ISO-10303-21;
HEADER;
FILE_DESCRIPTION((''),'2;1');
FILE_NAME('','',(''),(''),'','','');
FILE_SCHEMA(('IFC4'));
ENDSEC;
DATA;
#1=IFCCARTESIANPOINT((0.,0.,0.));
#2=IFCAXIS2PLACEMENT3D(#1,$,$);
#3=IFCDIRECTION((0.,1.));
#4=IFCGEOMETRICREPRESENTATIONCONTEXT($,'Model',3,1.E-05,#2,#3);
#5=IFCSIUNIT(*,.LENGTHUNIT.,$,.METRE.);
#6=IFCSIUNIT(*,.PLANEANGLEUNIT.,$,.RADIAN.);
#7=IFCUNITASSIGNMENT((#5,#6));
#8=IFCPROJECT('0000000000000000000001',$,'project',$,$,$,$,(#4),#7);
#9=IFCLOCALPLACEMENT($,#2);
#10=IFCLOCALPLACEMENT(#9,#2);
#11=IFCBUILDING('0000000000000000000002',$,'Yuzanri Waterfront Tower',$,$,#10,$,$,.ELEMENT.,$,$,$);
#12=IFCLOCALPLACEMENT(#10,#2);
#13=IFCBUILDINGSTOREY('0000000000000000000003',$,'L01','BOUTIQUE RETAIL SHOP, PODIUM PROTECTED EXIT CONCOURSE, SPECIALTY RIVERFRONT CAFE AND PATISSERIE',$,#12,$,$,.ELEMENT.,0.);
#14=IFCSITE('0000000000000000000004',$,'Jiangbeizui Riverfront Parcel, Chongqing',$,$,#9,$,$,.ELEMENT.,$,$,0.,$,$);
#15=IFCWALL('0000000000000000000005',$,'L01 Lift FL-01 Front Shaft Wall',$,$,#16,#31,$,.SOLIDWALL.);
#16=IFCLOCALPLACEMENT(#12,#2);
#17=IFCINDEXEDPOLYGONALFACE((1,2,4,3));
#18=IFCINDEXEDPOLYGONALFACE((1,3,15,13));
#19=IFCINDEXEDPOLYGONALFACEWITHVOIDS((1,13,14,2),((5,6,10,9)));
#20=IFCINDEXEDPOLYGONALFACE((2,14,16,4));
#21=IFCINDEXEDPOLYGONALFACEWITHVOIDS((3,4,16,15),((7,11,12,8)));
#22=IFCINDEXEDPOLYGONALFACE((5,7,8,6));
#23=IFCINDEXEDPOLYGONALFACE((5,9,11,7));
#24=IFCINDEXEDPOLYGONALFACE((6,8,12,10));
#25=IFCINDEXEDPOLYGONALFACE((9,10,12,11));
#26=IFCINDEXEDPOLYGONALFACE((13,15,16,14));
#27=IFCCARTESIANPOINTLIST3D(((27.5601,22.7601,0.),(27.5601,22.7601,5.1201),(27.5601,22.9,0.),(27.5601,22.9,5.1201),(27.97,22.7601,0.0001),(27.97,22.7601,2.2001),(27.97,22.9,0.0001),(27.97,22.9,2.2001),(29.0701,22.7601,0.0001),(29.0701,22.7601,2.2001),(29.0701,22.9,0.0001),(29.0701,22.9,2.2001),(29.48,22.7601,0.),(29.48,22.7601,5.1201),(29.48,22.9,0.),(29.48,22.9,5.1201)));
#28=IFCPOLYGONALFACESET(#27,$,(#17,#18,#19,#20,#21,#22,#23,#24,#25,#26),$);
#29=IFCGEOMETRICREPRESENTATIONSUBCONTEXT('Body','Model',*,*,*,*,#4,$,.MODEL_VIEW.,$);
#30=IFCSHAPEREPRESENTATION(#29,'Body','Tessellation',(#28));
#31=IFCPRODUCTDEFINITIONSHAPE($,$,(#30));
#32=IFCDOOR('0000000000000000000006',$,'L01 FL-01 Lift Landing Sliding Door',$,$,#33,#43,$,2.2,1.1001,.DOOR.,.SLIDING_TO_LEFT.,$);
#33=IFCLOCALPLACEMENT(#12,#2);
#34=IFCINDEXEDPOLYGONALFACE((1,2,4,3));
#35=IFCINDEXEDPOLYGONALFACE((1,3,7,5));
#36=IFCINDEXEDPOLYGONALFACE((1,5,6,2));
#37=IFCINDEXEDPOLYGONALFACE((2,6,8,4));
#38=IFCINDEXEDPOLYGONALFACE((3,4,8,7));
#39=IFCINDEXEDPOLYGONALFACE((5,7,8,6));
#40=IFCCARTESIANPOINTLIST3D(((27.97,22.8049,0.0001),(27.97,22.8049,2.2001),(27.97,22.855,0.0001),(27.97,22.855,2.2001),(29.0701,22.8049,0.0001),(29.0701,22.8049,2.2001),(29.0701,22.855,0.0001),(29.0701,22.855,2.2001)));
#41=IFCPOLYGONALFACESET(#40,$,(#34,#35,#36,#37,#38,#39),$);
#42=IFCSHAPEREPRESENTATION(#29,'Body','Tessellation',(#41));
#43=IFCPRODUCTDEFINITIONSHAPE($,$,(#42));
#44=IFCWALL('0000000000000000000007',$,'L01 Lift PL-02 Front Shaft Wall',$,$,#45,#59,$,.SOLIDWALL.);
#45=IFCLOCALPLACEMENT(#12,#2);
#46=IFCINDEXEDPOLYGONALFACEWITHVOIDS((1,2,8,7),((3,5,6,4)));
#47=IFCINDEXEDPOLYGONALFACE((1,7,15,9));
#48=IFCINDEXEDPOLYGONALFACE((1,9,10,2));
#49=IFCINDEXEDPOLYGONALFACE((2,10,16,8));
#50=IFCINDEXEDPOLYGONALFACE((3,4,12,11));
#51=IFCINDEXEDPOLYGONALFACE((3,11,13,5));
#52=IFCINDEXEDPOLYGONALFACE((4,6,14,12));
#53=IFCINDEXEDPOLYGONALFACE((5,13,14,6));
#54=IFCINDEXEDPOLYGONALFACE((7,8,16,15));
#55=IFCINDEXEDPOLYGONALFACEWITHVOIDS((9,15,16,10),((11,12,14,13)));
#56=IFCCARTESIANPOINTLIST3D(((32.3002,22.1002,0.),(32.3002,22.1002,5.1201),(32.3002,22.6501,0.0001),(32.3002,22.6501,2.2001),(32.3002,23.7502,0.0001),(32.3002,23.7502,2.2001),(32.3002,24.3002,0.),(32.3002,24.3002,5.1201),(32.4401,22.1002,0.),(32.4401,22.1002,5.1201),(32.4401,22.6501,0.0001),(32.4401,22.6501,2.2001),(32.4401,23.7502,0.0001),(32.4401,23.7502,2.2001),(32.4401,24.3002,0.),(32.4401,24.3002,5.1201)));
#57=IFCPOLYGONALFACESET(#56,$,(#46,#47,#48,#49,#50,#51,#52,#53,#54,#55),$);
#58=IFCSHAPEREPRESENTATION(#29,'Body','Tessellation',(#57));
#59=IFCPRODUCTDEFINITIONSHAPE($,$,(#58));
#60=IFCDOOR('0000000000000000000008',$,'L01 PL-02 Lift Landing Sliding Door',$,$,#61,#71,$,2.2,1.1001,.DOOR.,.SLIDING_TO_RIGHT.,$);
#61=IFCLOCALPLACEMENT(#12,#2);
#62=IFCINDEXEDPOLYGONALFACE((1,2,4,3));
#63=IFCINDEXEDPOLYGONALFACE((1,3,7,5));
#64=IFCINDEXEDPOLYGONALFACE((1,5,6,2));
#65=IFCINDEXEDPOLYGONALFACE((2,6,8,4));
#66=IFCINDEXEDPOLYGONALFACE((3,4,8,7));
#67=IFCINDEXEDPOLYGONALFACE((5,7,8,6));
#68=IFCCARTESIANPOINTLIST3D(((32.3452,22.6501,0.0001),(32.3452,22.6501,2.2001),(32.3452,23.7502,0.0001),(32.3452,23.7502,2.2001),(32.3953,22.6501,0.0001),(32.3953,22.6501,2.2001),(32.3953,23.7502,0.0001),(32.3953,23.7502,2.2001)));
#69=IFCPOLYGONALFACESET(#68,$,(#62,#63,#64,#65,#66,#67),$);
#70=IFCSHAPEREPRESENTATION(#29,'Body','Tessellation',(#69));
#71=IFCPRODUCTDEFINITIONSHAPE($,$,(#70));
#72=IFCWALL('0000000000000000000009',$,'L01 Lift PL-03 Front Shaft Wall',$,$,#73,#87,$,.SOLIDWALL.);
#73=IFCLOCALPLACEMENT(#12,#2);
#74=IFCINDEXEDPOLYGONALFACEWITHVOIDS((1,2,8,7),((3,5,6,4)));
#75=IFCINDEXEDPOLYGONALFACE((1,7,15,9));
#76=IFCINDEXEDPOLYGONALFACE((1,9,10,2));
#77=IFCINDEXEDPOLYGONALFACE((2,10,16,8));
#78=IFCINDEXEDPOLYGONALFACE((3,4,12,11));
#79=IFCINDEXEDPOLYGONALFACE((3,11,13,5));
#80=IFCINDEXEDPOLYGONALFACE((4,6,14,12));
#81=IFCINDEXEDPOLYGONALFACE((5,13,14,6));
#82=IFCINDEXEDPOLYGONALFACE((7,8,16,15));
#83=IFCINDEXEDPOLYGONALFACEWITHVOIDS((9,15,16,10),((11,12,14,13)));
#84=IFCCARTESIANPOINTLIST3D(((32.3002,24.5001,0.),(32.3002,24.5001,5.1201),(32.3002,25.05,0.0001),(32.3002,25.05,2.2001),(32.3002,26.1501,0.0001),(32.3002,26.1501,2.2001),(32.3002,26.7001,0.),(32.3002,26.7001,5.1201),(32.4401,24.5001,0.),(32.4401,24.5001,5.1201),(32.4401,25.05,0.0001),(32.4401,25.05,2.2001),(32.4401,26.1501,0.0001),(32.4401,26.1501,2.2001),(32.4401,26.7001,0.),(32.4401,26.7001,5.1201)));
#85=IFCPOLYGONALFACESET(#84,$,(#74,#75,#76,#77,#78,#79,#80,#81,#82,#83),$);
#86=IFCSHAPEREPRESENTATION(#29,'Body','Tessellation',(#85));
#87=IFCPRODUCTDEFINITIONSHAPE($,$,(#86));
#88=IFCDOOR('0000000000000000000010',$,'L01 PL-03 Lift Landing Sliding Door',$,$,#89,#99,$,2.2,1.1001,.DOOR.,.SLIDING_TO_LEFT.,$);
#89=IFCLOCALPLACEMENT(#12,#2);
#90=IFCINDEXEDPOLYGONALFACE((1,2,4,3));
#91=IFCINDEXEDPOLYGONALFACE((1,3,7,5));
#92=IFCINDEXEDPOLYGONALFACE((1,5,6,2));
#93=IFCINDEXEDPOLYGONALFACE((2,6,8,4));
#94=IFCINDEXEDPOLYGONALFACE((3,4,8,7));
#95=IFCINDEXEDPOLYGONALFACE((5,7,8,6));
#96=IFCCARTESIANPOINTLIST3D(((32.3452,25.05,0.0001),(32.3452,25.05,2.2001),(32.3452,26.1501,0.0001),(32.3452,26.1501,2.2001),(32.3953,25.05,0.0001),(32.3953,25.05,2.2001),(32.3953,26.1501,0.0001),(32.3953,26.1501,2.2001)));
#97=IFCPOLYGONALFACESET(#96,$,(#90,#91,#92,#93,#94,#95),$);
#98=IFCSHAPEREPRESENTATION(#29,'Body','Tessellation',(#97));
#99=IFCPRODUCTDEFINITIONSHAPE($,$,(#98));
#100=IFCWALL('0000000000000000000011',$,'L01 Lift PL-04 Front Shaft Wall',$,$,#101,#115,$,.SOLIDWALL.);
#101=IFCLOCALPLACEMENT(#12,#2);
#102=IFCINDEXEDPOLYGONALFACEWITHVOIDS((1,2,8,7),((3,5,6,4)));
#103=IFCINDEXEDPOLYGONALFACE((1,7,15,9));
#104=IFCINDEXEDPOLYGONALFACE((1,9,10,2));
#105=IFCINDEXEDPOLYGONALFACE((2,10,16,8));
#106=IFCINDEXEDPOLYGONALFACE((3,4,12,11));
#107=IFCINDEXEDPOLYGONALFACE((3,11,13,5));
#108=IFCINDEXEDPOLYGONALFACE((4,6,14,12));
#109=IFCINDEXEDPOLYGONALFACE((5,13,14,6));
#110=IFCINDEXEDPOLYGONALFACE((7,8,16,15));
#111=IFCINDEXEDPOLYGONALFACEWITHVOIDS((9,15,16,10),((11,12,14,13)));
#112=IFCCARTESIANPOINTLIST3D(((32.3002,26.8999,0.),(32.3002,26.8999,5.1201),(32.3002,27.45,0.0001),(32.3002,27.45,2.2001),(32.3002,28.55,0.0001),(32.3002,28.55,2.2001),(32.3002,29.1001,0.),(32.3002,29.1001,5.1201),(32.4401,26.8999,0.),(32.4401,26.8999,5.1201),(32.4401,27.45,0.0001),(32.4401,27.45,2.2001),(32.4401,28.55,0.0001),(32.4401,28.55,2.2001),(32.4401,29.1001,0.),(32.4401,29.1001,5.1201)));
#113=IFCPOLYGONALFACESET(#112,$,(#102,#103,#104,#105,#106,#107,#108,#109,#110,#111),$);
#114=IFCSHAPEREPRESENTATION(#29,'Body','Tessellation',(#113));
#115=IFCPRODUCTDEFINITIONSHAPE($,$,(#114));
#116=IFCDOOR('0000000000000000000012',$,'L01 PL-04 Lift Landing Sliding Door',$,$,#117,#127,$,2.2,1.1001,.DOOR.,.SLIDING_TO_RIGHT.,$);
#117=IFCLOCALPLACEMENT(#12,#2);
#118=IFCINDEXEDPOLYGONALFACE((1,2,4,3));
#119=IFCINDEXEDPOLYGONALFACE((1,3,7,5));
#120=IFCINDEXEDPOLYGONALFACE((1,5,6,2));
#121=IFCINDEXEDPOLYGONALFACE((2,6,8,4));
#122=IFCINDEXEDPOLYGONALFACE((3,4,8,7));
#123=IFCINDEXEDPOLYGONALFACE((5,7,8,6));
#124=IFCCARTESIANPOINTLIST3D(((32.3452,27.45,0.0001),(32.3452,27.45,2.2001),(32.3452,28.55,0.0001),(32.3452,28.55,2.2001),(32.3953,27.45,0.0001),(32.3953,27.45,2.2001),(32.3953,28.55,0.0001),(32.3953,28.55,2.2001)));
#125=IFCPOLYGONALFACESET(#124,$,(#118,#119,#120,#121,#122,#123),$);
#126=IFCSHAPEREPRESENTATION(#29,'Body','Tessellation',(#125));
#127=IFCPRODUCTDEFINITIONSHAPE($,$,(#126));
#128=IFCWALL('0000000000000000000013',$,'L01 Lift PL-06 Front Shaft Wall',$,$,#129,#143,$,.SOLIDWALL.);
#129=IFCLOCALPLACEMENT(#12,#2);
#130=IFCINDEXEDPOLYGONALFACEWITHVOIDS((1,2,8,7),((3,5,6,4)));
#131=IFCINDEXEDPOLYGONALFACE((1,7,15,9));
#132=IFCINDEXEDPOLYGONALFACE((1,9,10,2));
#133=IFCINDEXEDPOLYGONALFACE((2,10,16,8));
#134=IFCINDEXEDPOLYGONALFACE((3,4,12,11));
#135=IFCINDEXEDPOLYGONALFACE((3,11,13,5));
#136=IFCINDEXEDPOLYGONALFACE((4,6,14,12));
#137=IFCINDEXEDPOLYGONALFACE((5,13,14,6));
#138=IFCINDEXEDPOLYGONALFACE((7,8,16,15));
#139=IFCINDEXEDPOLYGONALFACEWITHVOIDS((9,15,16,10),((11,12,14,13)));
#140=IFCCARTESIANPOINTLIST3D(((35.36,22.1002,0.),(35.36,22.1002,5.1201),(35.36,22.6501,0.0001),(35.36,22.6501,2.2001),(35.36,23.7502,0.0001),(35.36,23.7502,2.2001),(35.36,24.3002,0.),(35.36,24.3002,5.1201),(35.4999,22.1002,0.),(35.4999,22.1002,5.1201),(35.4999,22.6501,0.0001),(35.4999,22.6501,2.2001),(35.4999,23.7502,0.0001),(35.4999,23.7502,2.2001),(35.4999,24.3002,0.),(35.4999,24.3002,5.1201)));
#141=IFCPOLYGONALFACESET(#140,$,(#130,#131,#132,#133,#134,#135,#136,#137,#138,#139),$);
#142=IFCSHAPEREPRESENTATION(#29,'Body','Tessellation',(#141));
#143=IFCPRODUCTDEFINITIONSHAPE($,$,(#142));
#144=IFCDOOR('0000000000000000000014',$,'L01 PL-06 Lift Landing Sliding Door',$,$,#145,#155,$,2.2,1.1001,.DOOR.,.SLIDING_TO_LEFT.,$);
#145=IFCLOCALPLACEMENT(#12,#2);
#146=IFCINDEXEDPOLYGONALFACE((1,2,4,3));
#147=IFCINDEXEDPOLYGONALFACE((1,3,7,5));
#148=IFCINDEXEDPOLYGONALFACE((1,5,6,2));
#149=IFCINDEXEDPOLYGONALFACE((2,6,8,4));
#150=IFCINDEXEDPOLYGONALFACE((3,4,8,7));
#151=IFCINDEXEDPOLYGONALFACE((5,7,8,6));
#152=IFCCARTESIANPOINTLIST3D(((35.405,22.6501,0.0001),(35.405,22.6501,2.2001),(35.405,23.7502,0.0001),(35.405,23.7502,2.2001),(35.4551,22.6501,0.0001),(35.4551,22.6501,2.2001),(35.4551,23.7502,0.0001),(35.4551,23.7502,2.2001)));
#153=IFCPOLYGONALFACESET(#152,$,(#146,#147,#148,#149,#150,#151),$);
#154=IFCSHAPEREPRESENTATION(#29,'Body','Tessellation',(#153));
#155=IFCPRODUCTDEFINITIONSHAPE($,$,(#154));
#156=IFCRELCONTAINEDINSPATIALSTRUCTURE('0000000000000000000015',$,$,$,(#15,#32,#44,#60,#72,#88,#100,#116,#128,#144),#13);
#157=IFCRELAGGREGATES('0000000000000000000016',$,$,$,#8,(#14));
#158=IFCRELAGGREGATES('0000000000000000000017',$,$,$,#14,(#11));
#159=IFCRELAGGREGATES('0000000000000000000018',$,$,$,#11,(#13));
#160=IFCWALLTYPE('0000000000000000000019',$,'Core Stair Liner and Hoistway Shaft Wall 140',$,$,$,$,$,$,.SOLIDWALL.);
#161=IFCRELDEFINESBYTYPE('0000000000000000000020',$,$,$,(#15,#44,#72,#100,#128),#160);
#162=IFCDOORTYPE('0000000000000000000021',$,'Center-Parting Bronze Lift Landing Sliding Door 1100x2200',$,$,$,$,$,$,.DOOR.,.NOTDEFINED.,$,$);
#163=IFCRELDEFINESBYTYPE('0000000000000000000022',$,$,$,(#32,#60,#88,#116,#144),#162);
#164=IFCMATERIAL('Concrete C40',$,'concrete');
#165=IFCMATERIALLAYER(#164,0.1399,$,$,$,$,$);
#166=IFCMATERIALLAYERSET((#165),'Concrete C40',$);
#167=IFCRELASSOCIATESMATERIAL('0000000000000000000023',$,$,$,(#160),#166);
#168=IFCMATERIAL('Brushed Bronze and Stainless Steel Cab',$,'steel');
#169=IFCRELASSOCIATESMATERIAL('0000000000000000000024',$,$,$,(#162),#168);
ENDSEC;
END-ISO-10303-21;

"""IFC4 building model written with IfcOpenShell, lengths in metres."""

from ifc_helpers import new_model, si_unit, direction, frame, frame_2d, origin, place, context, subcontext, project, spatial, rectangle, extrude, source, transform, mapped, material, layer, layer_set, type_object, element, fill, save


model = new_model("IFC4")

# Units and contexts
model_context = context("Model", 3, precision=1e-05, world=origin(), true_north=direction((0.0, 1.0)))
body_context = subcontext(model_context, "Body", "Model", "MODEL_VIEW")
ifc_project = project(units=[si_unit("LENGTHUNIT", "METRE"), si_unit("PLANEANGLEUNIT", "RADIAN")], contexts=[model_context])

# Site, building, storey
site_placement = place(None, origin())
site = spatial("IfcSite", under=ifc_project, at=site_placement, Name="Jiangbeizui Riverfront Parcel, Chongqing", CompositionType="ELEMENT", RefElevation=0.0)
building_placement = place(site_placement, origin())
building = spatial("IfcBuilding", under=site, at=building_placement, Name="Yuzanri Waterfront Tower", CompositionType="ELEMENT")
storey_placement = place(building_placement, origin())
storey = spatial("IfcBuildingStorey", under=building, at=storey_placement, Name="L01", Description="BOUTIQUE RETAIL SHOP, PODIUM PROTECTED EXIT CONCOURSE, SPECIALTY RIVERFRONT CAFE AND PATISSERIE", CompositionType="ELEMENT", Elevation=0.0)

# Walls, openings, doors
ifc_material_1 = material(Name="Concrete C40", Category="concrete")
ifc_layer_1 = layer(ifc_material_1, 0.1399)
ifc_layer_set_1 = layer_set([ifc_layer_1], Name="Concrete C40")
wall_type = type_object("IfcWallType", Name="Core Stair Liner and Hoistway Shaft Wall 140", PredefinedType="SOLIDWALL", material=ifc_layer_set_1)
wall_1_placement = place(storey_placement, frame((27.5601, 22.8301, 0.0), z_axis=(0.0, 0.0, 1.0), x_axis=(1.0, 0.0, 0.0)))
wall_1 = element("IfcWall", 1, at=wall_1_placement, inside=storey, type_object=wall_type, Name="L01 Lift FL-01 Front Shaft Wall", PredefinedType="SOLIDWALL", context=body_context, shape_type="SweptSolid", body=[
    extrude(rectangle(XDim=1.9199, YDim=0.1399, at=frame_2d((0.96, 0.0))), origin(), (0.0, 0.0, 1.0), 5.1201),
])
opening_1_placement = place(wall_1_placement, frame((0.4099, 0.0, 0.0)))
opening_1 = element("IfcOpeningElement", 2, at=opening_1_placement, cuts=wall_1, PredefinedType="OPENING", context=body_context, shape_type="SweptSolid", body=[
    extrude(rectangle(XDim=1.1001, YDim=2.2, at=frame_2d((0.55, 1.1001))), frame((0.0, 0.085, 0.0), z_axis=(0.0, -1.0, 0.0), x_axis=(1.0, 0.0, 0.0)), (0.0, 0.0, 1.0), 0.1697),
])
ifc_material_2 = material(Name="Brushed Bronze and Stainless Steel Cab", Category="steel")
door_type = type_object("IfcDoorType", Name="Center-Parting Bronze Lift Landing Sliding Door 1100x2200", OperationType="NOTDEFINED", PredefinedType="DOOR", material=ifc_material_2)
shared_shape_1 = source(origin(), body_context, "Body", "SweptSolid", [
    extrude(rectangle(XDim=1.1001, YDim=2.2, at=frame_2d((0.55, 1.1001))), frame((0.0, 0.0249, 0.0), z_axis=(0.0, -1.0, 0.0), x_axis=(1.0, 0.0, 0.0)), (0.0, 0.0, 1.0), 0.05),
])
door_1_placement = place(opening_1_placement, origin())
door_1 = element("IfcDoor", 3, at=door_1_placement, inside=storey, type_object=door_type, Name="L01 FL-01 Lift Landing Sliding Door", OperationType="SLIDING_TO_LEFT", OverallHeight=2.2, OverallWidth=1.1001, PredefinedType="DOOR", context=body_context, shape_type="MappedRepresentation", body=[
    mapped(shared_shape_1, transform((0.0, 0.0, 0.0), scale=1.0)),
])
fill(opening_1, door_1)
wall_2_placement = place(storey_placement, frame((32.3701, 22.1001, 0.0), z_axis=(0.0, 0.0, 1.0), x_axis=(0.0, 1.0, 0.0)))
wall_2 = element("IfcWall", 4, at=wall_2_placement, inside=storey, type_object=wall_type, Name="L01 Lift PL-02 Front Shaft Wall", PredefinedType="SOLIDWALL", context=body_context, shape_type="SweptSolid", body=[
    extrude(rectangle(XDim=2.2, YDim=0.1399, at=frame_2d((1.1001, 0.0))), origin(), (0.0, 0.0, 1.0), 5.1201),
])
opening_2_placement = place(wall_2_placement, frame((0.55, 0.0, 0.0)))
opening_2 = element("IfcOpeningElement", 5, at=opening_2_placement, cuts=wall_2, PredefinedType="OPENING", context=body_context, shape_type="SweptSolid", body=[
    extrude(rectangle(XDim=1.1001, YDim=2.2, at=frame_2d((0.55, 1.1001))), frame((0.0, 0.085, 0.0), z_axis=(0.0, -1.0, 0.0), x_axis=(1.0, 0.0, 0.0)), (0.0, 0.0, 1.0), 0.1697),
])
door_2_placement = place(opening_2_placement, origin())
door_2 = element("IfcDoor", 6, at=door_2_placement, inside=storey, type_object=door_type, Name="L01 PL-02 Lift Landing Sliding Door", OperationType="SLIDING_TO_RIGHT", OverallHeight=2.2, OverallWidth=1.1001, PredefinedType="DOOR", context=body_context, shape_type="MappedRepresentation", body=[
    mapped(shared_shape_1, transform((0.0, 0.0, 0.0), scale=1.0)),
])
fill(opening_2, door_2)
wall_3_placement = place(storey_placement, frame((32.3701, 24.5, 0.0), z_axis=(0.0, 0.0, 1.0), x_axis=(0.0, 1.0, 0.0)))
wall_3 = element("IfcWall", 7, at=wall_3_placement, inside=storey, type_object=wall_type, Name="L01 Lift PL-03 Front Shaft Wall", PredefinedType="SOLIDWALL", context=body_context, shape_type="SweptSolid", body=[
    extrude(rectangle(XDim=2.2, YDim=0.1399, at=frame_2d((1.1001, 0.0))), origin(), (0.0, 0.0, 1.0), 5.1201),
])
opening_3_placement = place(wall_3_placement, frame((0.55, 0.0, 0.0)))
opening_3 = element("IfcOpeningElement", 8, at=opening_3_placement, cuts=wall_3, PredefinedType="OPENING", context=body_context, shape_type="SweptSolid", body=[
    extrude(rectangle(XDim=1.1001, YDim=2.2, at=frame_2d((0.55, 1.1001))), frame((0.0, 0.085, 0.0), z_axis=(0.0, -1.0, 0.0), x_axis=(1.0, 0.0, 0.0)), (0.0, 0.0, 1.0), 0.1697),
])
door_3_placement = place(opening_3_placement, origin())
door_3 = element("IfcDoor", 9, at=door_3_placement, inside=storey, type_object=door_type, Name="L01 PL-03 Lift Landing Sliding Door", OperationType="SLIDING_TO_LEFT", OverallHeight=2.2, OverallWidth=1.1001, PredefinedType="DOOR", context=body_context, shape_type="MappedRepresentation", body=[
    mapped(shared_shape_1, transform((0.0, 0.0, 0.0), scale=1.0)),
])
fill(opening_3, door_3)
wall_4_placement = place(storey_placement, frame((32.3701, 26.8999, 0.0), z_axis=(0.0, 0.0, 1.0), x_axis=(0.0, 1.0, 0.0)))
wall_4 = element("IfcWall", 10, at=wall_4_placement, inside=storey, type_object=wall_type, Name="L01 Lift PL-04 Front Shaft Wall", PredefinedType="SOLIDWALL", context=body_context, shape_type="SweptSolid", body=[
    extrude(rectangle(XDim=2.2002, YDim=0.1399, at=frame_2d((1.1001, 0.0))), origin(), (0.0, 0.0, 1.0), 5.1201),
])
opening_4_placement = place(wall_4_placement, frame((0.55, 0.0, 0.0)))
opening_4 = element("IfcOpeningElement", 11, at=opening_4_placement, cuts=wall_4, PredefinedType="OPENING", context=body_context, shape_type="SweptSolid", body=[
    extrude(rectangle(XDim=1.1001, YDim=2.2, at=frame_2d((0.55, 1.1001))), frame((0.0, 0.085, 0.0), z_axis=(0.0, -1.0, 0.0), x_axis=(1.0, 0.0, 0.0)), (0.0, 0.0, 1.0), 0.1697),
])
door_4_placement = place(opening_4_placement, origin())
door_4 = element("IfcDoor", 12, at=door_4_placement, inside=storey, type_object=door_type, Name="L01 PL-04 Lift Landing Sliding Door", OperationType="SLIDING_TO_RIGHT", OverallHeight=2.2, OverallWidth=1.1001, PredefinedType="DOOR", context=body_context, shape_type="MappedRepresentation", body=[
    mapped(shared_shape_1, transform((0.0, 0.0, 0.0), scale=1.0)),
])
fill(opening_4, door_4)
wall_5_placement = place(storey_placement, frame((35.4299, 22.1001, 0.0), z_axis=(0.0, 0.0, 1.0), x_axis=(0.0, 1.0, 0.0)))
wall_5 = element("IfcWall", 13, at=wall_5_placement, inside=storey, type_object=wall_type, Name="L01 Lift PL-06 Front Shaft Wall", PredefinedType="SOLIDWALL", context=body_context, shape_type="SweptSolid", body=[
    extrude(rectangle(XDim=2.2, YDim=0.1399, at=frame_2d((1.1001, 0.0))), origin(), (0.0, 0.0, 1.0), 5.1201),
])
opening_5_placement = place(wall_5_placement, frame((0.55, 0.0, 0.0)))
opening_5 = element("IfcOpeningElement", 14, at=opening_5_placement, cuts=wall_5, PredefinedType="OPENING", context=body_context, shape_type="SweptSolid", body=[
    extrude(rectangle(XDim=1.1001, YDim=2.2, at=frame_2d((0.55, 1.1001))), frame((0.0, 0.085, 0.0), z_axis=(0.0, -1.0, 0.0), x_axis=(1.0, 0.0, 0.0)), (0.0, 0.0, 1.0), 0.1697),
])
door_5_placement = place(opening_5_placement, origin())
door_5 = element("IfcDoor", 15, at=door_5_placement, inside=storey, type_object=door_type, Name="L01 PL-06 Lift Landing Sliding Door", OperationType="SLIDING_TO_LEFT", OverallHeight=2.2, OverallWidth=1.1001, PredefinedType="DOOR", context=body_context, shape_type="MappedRepresentation", body=[
    mapped(shared_shape_1, transform((0.0, 0.0, 0.0), scale=1.0)),
])
fill(opening_5, door_5)

save(model, "model.ifc")
